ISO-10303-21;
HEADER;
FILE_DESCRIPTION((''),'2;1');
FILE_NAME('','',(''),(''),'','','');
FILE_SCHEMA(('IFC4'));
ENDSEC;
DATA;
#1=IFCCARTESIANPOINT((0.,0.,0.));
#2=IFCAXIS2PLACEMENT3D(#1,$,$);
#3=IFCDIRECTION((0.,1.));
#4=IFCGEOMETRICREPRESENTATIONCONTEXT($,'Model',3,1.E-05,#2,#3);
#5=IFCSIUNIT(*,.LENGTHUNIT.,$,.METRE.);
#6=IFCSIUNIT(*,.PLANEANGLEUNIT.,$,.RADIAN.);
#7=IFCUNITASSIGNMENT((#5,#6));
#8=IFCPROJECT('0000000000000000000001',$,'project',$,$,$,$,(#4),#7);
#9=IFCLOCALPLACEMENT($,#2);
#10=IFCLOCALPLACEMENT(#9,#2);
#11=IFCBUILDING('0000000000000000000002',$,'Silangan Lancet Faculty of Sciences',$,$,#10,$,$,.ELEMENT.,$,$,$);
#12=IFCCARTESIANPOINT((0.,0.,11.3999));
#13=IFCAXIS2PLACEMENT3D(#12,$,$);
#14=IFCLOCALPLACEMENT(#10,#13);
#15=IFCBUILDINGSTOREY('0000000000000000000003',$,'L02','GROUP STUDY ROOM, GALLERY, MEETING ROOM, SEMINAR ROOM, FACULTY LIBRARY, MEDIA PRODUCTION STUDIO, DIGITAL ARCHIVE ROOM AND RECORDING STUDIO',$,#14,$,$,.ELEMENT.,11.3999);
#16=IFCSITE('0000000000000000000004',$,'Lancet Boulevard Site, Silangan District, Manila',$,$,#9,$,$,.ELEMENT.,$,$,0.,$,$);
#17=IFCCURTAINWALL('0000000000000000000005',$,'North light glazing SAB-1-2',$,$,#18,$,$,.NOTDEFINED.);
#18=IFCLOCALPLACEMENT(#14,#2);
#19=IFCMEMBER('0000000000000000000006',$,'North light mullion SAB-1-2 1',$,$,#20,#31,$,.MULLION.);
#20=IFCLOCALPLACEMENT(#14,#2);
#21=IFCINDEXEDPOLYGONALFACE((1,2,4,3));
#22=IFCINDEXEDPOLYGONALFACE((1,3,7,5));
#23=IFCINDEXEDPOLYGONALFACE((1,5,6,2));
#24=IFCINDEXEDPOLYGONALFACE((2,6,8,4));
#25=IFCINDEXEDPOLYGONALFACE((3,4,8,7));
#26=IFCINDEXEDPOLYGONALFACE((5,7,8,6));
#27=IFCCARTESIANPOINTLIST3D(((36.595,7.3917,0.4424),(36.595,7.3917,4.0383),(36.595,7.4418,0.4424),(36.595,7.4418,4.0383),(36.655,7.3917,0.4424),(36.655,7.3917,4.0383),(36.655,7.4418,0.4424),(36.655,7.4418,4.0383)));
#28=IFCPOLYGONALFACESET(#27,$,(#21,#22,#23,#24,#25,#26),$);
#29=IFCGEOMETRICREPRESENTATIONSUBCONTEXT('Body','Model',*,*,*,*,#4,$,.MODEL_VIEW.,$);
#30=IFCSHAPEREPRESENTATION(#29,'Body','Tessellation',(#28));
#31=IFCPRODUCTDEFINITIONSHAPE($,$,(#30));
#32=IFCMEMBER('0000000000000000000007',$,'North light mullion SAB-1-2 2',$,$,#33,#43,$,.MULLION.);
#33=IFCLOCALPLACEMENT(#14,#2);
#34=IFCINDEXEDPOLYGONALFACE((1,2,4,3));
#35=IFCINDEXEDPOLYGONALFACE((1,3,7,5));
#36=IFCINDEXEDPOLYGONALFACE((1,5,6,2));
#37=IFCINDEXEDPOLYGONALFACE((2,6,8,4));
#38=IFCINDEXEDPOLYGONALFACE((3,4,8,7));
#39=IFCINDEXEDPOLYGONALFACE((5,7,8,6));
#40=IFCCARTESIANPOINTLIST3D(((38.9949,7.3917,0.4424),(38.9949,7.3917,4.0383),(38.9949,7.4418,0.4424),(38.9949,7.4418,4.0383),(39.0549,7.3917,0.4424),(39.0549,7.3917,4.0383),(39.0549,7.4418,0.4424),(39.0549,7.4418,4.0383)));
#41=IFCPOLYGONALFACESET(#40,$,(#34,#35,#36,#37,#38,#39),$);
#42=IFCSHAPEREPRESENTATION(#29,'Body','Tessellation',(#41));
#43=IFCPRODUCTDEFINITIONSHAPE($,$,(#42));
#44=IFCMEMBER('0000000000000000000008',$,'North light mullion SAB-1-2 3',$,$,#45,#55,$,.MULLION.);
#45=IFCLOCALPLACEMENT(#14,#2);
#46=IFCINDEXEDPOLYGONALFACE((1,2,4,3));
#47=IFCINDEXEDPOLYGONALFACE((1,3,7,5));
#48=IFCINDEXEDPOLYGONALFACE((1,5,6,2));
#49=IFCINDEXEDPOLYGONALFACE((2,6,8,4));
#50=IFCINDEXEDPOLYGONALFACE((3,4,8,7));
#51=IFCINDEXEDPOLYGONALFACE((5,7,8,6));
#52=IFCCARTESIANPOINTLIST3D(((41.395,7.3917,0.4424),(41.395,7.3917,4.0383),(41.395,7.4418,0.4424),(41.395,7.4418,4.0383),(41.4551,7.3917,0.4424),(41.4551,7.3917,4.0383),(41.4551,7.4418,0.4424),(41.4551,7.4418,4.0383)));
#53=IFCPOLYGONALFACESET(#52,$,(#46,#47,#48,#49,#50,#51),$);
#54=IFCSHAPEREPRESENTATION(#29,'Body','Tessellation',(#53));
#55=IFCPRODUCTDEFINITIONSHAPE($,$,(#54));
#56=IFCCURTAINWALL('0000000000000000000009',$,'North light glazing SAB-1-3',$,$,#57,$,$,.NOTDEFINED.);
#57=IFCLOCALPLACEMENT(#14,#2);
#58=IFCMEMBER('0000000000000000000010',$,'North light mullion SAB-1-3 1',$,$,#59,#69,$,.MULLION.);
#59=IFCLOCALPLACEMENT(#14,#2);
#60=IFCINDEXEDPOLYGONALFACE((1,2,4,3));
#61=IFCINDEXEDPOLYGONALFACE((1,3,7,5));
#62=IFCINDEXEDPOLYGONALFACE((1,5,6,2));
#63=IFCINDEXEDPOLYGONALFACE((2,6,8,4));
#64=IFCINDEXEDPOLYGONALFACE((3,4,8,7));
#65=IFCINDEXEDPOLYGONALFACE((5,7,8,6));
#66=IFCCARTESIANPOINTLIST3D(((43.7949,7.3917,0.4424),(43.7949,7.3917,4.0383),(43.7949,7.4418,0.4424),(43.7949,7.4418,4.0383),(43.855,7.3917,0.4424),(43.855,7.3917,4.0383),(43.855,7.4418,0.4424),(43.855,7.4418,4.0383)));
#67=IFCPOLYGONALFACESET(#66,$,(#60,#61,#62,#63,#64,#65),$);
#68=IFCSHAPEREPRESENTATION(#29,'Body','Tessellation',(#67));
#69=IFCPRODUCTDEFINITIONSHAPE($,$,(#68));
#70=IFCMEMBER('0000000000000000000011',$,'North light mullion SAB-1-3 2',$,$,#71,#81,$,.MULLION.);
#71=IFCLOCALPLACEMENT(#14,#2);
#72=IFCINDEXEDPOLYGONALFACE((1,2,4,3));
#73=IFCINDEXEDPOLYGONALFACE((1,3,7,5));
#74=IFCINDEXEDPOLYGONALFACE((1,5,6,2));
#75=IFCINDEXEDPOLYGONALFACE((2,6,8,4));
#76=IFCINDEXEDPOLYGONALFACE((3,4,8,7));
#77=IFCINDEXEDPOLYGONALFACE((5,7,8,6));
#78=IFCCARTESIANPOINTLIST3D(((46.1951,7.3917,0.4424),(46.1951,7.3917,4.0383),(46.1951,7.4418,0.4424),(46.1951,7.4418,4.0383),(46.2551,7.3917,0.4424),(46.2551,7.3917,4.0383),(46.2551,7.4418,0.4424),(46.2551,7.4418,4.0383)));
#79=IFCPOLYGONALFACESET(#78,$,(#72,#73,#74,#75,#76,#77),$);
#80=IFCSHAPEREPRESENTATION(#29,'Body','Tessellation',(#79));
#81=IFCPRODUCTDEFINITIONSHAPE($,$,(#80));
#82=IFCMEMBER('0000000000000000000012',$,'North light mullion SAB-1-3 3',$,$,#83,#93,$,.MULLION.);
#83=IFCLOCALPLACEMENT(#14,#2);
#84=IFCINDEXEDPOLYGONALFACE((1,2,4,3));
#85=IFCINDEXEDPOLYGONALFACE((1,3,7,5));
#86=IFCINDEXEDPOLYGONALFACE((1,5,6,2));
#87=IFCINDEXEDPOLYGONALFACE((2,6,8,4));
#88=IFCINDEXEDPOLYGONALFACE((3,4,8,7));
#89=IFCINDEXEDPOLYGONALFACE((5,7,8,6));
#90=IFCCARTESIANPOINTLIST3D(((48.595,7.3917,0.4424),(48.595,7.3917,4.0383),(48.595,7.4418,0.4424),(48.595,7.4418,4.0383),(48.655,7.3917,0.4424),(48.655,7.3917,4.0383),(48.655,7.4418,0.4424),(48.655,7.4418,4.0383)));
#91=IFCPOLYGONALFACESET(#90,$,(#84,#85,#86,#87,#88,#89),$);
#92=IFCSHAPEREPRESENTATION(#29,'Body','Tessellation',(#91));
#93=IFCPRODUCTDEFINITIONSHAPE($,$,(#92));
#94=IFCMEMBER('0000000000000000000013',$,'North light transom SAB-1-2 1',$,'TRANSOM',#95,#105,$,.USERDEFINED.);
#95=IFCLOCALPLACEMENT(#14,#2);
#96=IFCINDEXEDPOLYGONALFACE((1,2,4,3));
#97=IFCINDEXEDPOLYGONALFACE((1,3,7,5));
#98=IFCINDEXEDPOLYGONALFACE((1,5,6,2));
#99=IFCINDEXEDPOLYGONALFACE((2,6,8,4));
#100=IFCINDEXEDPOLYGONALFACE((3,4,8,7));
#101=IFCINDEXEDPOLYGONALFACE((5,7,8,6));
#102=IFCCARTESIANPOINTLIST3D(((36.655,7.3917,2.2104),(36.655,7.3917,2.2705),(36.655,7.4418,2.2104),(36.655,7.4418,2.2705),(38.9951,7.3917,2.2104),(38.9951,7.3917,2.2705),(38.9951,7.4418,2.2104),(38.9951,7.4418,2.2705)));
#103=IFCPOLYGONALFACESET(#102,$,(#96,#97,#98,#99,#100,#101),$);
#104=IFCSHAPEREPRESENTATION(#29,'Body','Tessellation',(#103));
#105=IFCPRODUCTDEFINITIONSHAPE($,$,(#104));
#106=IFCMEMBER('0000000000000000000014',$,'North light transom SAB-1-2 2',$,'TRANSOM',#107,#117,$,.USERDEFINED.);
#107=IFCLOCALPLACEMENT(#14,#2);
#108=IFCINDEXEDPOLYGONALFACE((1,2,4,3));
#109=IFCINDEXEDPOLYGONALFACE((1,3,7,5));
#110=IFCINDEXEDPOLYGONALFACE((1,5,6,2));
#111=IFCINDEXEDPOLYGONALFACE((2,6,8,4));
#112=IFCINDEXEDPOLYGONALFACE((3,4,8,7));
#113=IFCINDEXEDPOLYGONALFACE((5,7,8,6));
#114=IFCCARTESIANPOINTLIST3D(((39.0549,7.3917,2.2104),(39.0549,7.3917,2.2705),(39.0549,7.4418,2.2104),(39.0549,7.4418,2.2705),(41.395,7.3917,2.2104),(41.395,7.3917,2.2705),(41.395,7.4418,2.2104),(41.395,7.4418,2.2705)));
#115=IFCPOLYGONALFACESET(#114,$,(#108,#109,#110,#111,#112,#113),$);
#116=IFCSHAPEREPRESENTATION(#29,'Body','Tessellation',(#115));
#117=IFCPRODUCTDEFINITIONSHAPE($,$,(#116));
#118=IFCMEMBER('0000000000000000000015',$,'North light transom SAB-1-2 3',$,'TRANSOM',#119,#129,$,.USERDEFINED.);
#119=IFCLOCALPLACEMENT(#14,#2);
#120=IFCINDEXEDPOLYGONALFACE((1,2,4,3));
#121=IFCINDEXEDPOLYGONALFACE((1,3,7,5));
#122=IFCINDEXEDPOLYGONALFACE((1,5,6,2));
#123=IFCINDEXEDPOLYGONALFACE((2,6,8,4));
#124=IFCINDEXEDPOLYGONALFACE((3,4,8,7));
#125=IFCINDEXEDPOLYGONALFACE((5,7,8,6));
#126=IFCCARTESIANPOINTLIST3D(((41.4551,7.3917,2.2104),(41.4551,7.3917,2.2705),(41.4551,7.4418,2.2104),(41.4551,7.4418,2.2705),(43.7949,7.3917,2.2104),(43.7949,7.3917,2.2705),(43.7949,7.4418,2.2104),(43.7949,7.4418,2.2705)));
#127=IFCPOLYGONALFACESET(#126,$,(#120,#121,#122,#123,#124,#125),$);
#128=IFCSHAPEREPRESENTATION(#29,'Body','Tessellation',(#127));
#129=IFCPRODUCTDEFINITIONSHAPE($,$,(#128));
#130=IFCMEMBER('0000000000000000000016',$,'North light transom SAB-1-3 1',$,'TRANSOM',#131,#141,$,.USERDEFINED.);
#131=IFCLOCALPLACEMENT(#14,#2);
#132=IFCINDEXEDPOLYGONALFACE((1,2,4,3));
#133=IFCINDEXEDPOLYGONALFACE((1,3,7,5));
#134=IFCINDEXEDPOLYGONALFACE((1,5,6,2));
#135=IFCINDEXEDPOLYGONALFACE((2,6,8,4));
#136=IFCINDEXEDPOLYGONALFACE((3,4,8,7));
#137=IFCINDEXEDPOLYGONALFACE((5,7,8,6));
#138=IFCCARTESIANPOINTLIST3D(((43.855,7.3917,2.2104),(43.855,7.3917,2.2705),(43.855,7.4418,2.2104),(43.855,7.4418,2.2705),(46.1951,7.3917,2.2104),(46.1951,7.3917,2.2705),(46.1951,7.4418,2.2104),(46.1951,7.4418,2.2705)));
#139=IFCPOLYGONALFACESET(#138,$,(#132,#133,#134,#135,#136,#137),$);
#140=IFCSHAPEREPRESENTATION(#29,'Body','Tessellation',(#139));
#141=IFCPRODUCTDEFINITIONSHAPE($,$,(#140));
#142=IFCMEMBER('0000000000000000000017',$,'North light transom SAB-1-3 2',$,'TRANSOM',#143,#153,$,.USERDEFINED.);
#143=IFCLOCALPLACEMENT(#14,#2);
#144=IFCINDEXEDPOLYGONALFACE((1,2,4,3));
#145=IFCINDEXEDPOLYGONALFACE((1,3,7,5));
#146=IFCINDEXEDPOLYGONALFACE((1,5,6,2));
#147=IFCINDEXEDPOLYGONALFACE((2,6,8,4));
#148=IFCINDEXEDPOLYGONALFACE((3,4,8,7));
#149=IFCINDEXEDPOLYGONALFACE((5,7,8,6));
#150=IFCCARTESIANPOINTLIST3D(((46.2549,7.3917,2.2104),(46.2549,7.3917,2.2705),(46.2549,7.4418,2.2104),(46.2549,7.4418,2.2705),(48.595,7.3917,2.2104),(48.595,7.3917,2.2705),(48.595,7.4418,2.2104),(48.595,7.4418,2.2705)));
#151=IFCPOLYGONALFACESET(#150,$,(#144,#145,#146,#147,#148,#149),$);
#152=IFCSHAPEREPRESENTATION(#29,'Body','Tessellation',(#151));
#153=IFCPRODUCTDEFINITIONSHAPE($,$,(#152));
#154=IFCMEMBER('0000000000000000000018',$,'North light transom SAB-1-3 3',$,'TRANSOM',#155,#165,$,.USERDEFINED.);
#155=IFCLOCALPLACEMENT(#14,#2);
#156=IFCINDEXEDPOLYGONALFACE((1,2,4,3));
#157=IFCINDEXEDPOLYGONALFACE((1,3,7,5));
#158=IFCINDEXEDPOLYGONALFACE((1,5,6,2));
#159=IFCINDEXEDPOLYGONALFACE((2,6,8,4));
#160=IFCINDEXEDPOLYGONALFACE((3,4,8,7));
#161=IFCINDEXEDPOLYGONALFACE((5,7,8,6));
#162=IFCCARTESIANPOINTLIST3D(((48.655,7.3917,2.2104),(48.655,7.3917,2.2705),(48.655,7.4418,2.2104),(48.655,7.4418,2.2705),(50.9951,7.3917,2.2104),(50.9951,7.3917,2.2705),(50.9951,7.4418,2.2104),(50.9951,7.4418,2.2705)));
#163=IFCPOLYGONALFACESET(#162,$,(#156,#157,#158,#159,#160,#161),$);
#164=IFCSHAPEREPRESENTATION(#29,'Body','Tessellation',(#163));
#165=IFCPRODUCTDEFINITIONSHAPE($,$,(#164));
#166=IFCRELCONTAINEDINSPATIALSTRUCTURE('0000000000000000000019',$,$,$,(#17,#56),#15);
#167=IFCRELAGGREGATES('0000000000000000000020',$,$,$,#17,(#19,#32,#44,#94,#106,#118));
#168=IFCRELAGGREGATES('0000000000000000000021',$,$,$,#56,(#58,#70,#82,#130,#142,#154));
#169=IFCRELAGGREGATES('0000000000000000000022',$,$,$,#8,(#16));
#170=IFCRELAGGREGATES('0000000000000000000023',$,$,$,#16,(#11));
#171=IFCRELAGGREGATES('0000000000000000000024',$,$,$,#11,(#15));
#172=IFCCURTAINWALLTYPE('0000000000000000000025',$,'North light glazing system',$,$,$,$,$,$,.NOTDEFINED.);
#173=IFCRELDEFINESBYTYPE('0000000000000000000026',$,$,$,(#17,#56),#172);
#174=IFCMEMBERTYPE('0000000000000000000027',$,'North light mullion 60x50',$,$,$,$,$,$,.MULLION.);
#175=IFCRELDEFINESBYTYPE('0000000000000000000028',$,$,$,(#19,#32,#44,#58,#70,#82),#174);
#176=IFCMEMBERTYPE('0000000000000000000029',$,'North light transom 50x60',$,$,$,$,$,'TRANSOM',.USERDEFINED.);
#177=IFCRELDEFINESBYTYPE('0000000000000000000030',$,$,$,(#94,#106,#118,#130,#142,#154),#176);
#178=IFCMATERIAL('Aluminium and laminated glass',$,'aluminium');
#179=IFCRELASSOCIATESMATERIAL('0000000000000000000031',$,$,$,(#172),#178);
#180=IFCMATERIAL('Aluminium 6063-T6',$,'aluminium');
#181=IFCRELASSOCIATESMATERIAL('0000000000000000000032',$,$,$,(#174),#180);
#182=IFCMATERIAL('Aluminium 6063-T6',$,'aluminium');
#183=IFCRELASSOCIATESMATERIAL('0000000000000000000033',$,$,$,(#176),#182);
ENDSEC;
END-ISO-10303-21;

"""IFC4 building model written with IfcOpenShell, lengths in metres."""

from ifc_helpers import new_model, si_unit, direction, frame, origin, origin_2d, place, context, subcontext, project, spatial, rectangle, extrude, material, material_profile, profile_set, type_object, element, aggregate, save


model = new_model("IFC4")

# Units and contexts
model_context = context("Model", 3, precision=1e-05, world=origin(), true_north=direction((0.0, 1.0)))
body_context = subcontext(model_context, "Body", "Model", "MODEL_VIEW")
ifc_project = project(units=[si_unit("LENGTHUNIT", "METRE"), si_unit("PLANEANGLEUNIT", "RADIAN")], contexts=[model_context])

# Site, building, storey
site_placement = place(None, origin())
site = spatial("IfcSite", under=ifc_project, at=site_placement, Name="Lancet Boulevard Site, Silangan District, Manila", CompositionType="ELEMENT", RefElevation=0.0)
building_placement = place(site_placement, origin())
building = spatial("IfcBuilding", under=site, at=building_placement, Name="Silangan Lancet Faculty of Sciences", CompositionType="ELEMENT")
storey_placement = place(building_placement, frame((0.0, 0.0, 11.3999)))
storey = spatial("IfcBuildingStorey", under=building, at=storey_placement, Name="L02", Description="GROUP STUDY ROOM, GALLERY, MEETING ROOM, SEMINAR ROOM, FACULTY LIBRARY, MEDIA PRODUCTION STUDIO, DIGITAL ARCHIVE ROOM AND RECORDING STUDIO", CompositionType="ELEMENT", Elevation=11.3999)

# Curtain walls, members
ifc_material_1 = material(Name="Aluminium and laminated glass", Category="aluminium")
curtain_wall_type = type_object("IfcCurtainWallType", Name="North light glazing system", PredefinedType="NOTDEFINED", material=ifc_material_1)
curtain_wall_1_placement = place(storey_placement, origin())
curtain_wall_1 = element("IfcCurtainWall", 1, at=curtain_wall_1_placement, inside=storey, type_object=curtain_wall_type, Name="North light glazing SAB-1-2", PredefinedType="NOTDEFINED")
ifc_material_2 = material(Name="Aluminium 6063-T6", Category="aluminium")
ifc_material_profile_1 = material_profile(ifc_material_2, rectangle(XDim=0.0601, YDim=0.05, at=origin_2d()), Name="AL 60x50")
ifc_profile_set_1 = profile_set([ifc_material_profile_1], Name="Aluminium 6063-T6")
member_type_1 = type_object("IfcMemberType", Name="North light mullion 60x50", PredefinedType="MULLION", material=ifc_profile_set_1)
member_1_placement = place(storey_placement, frame((36.625, 7.4167, 0.4424), z_axis=(0.0, 0.0, 1.0), x_axis=(1.0, 0.0, 0.0)))
member_1 = element("IfcMember", 2, at=member_1_placement, type_object=member_type_1, Name="North light mullion SAB-1-2 1", PredefinedType="MULLION", context=body_context, shape_type="SweptSolid", body=[
    extrude(rectangle(XDim=0.0601, YDim=0.05, at=origin_2d()), origin(), (0.0, 0.0, 1.0), 3.5959),
])
member_2_placement = place(storey_placement, frame((39.0249, 7.4167, 0.4424), z_axis=(0.0, 0.0, 1.0), x_axis=(1.0, 0.0, 0.0)))
member_2 = element("IfcMember", 3, at=member_2_placement, type_object=member_type_1, Name="North light mullion SAB-1-2 2", PredefinedType="MULLION", context=body_context, shape_type="SweptSolid", body=[
    extrude(rectangle(XDim=0.0601, YDim=0.05, at=origin_2d()), origin(), (0.0, 0.0, 1.0), 3.5959),
])
member_3_placement = place(storey_placement, frame((41.425, 7.4167, 0.4424), z_axis=(0.0, 0.0, 1.0), x_axis=(1.0, 0.0, 0.0)))
member_3 = element("IfcMember", 4, at=member_3_placement, type_object=member_type_1, Name="North light mullion SAB-1-2 3", PredefinedType="MULLION", context=body_context, shape_type="SweptSolid", body=[
    extrude(rectangle(XDim=0.0601, YDim=0.05, at=origin_2d()), origin(), (0.0, 0.0, 1.0), 3.5959),
])
curtain_wall_2_placement = place(storey_placement, origin())
curtain_wall_2 = element("IfcCurtainWall", 5, at=curtain_wall_2_placement, inside=storey, type_object=curtain_wall_type, Name="North light glazing SAB-1-3", PredefinedType="NOTDEFINED")
member_4_placement = place(storey_placement, frame((43.825, 7.4167, 0.4424), z_axis=(0.0, 0.0, 1.0), x_axis=(1.0, 0.0, 0.0)))
member_4 = element("IfcMember", 6, at=member_4_placement, type_object=member_type_1, Name="North light mullion SAB-1-3 1", PredefinedType="MULLION", context=body_context, shape_type="SweptSolid", body=[
    extrude(rectangle(XDim=0.0601, YDim=0.05, at=origin_2d()), origin(), (0.0, 0.0, 1.0), 3.5959),
])
member_5_placement = place(storey_placement, frame((46.2251, 7.4167, 0.4424), z_axis=(0.0, 0.0, 1.0), x_axis=(1.0, 0.0, 0.0)))
member_5 = element("IfcMember", 7, at=member_5_placement, type_object=member_type_1, Name="North light mullion SAB-1-3 2", PredefinedType="MULLION", context=body_context, shape_type="SweptSolid", body=[
    extrude(rectangle(XDim=0.0601, YDim=0.05, at=origin_2d()), origin(), (0.0, 0.0, 1.0), 3.5959),
])
member_6_placement = place(storey_placement, frame((48.625, 7.4167, 0.4424), z_axis=(0.0, 0.0, 1.0), x_axis=(1.0, 0.0, 0.0)))
member_6 = element("IfcMember", 8, at=member_6_placement, type_object=member_type_1, Name="North light mullion SAB-1-3 3", PredefinedType="MULLION", context=body_context, shape_type="SweptSolid", body=[
    extrude(rectangle(XDim=0.0601, YDim=0.05, at=origin_2d()), origin(), (0.0, 0.0, 1.0), 3.5959),
])

# Members
ifc_material_3 = material(Name="Aluminium 6063-T6", Category="aluminium")
ifc_material_profile_2 = material_profile(ifc_material_3, rectangle(XDim=0.05, YDim=0.0601, at=origin_2d()), Name="AL 50x60")
ifc_profile_set_2 = profile_set([ifc_material_profile_2], Name="Aluminium 6063-T6")
member_type_2 = type_object("IfcMemberType", Name="North light transom 50x60", ElementType="TRANSOM", PredefinedType="USERDEFINED", material=ifc_profile_set_2)
member_7_placement = place(storey_placement, frame((36.655, 7.4167, 2.2405), z_axis=(1.0, 0.0, 0.0), x_axis=(0.0, 1.0, 0.0)))
member_7 = element("IfcMember", 9, at=member_7_placement, type_object=member_type_2, Name="North light transom SAB-1-2 1", ObjectType="TRANSOM", PredefinedType="USERDEFINED", context=body_context, shape_type="SweptSolid", body=[
    extrude(rectangle(XDim=0.05, YDim=0.0601, at=origin_2d()), origin(), (0.0, 0.0, 1.0), 2.3401),
])
member_8_placement = place(storey_placement, frame((39.0549, 7.4167, 2.2405), z_axis=(1.0, 0.0, 0.0), x_axis=(0.0, 1.0, 0.0)))
member_8 = element("IfcMember", 10, at=member_8_placement, type_object=member_type_2, Name="North light transom SAB-1-2 2", ObjectType="TRANSOM", PredefinedType="USERDEFINED", context=body_context, shape_type="SweptSolid", body=[
    extrude(rectangle(XDim=0.05, YDim=0.0601, at=origin_2d()), origin(), (0.0, 0.0, 1.0), 2.3401),
])
member_9_placement = place(storey_placement, frame((41.4551, 7.4167, 2.2405), z_axis=(1.0, 0.0, 0.0), x_axis=(0.0, 1.0, 0.0)))
member_9 = element("IfcMember", 11, at=member_9_placement, type_object=member_type_2, Name="North light transom SAB-1-2 3", ObjectType="TRANSOM", PredefinedType="USERDEFINED", context=body_context, shape_type="SweptSolid", body=[
    extrude(rectangle(XDim=0.05, YDim=0.0601, at=origin_2d()), origin(), (0.0, 0.0, 1.0), 2.3398),
])
aggregate(curtain_wall_1, [member_1, member_2, member_3, member_7, member_8, member_9])
member_10_placement = place(storey_placement, frame((43.855, 7.4167, 2.2405), z_axis=(1.0, 0.0, 0.0), x_axis=(0.0, 1.0, 0.0)))
member_10 = element("IfcMember", 12, at=member_10_placement, type_object=member_type_2, Name="North light transom SAB-1-3 1", ObjectType="TRANSOM", PredefinedType="USERDEFINED", context=body_context, shape_type="SweptSolid", body=[
    extrude(rectangle(XDim=0.05, YDim=0.0601, at=origin_2d()), origin(), (0.0, 0.0, 1.0), 2.3401),
])
member_11_placement = place(storey_placement, frame((46.2549, 7.4167, 2.2405), z_axis=(1.0, 0.0, 0.0), x_axis=(0.0, 1.0, 0.0)))
member_11 = element("IfcMember", 13, at=member_11_placement, type_object=member_type_2, Name="North light transom SAB-1-3 2", ObjectType="TRANSOM", PredefinedType="USERDEFINED", context=body_context, shape_type="SweptSolid", body=[
    extrude(rectangle(XDim=0.05, YDim=0.0601, at=origin_2d()), origin(), (0.0, 0.0, 1.0), 2.3401),
])
member_12_placement = place(storey_placement, frame((48.655, 7.4167, 2.2405), z_axis=(1.0, 0.0, 0.0), x_axis=(0.0, 1.0, 0.0)))
member_12 = element("IfcMember", 14, at=member_12_placement, type_object=member_type_2, Name="North light transom SAB-1-3 3", ObjectType="TRANSOM", PredefinedType="USERDEFINED", context=body_context, shape_type="SweptSolid", body=[
    extrude(rectangle(XDim=0.05, YDim=0.0601, at=origin_2d()), origin(), (0.0, 0.0, 1.0), 2.3401),
])
aggregate(curtain_wall_2, [member_4, member_5, member_6, member_10, member_11, member_12])

save(model, "model.ifc")
